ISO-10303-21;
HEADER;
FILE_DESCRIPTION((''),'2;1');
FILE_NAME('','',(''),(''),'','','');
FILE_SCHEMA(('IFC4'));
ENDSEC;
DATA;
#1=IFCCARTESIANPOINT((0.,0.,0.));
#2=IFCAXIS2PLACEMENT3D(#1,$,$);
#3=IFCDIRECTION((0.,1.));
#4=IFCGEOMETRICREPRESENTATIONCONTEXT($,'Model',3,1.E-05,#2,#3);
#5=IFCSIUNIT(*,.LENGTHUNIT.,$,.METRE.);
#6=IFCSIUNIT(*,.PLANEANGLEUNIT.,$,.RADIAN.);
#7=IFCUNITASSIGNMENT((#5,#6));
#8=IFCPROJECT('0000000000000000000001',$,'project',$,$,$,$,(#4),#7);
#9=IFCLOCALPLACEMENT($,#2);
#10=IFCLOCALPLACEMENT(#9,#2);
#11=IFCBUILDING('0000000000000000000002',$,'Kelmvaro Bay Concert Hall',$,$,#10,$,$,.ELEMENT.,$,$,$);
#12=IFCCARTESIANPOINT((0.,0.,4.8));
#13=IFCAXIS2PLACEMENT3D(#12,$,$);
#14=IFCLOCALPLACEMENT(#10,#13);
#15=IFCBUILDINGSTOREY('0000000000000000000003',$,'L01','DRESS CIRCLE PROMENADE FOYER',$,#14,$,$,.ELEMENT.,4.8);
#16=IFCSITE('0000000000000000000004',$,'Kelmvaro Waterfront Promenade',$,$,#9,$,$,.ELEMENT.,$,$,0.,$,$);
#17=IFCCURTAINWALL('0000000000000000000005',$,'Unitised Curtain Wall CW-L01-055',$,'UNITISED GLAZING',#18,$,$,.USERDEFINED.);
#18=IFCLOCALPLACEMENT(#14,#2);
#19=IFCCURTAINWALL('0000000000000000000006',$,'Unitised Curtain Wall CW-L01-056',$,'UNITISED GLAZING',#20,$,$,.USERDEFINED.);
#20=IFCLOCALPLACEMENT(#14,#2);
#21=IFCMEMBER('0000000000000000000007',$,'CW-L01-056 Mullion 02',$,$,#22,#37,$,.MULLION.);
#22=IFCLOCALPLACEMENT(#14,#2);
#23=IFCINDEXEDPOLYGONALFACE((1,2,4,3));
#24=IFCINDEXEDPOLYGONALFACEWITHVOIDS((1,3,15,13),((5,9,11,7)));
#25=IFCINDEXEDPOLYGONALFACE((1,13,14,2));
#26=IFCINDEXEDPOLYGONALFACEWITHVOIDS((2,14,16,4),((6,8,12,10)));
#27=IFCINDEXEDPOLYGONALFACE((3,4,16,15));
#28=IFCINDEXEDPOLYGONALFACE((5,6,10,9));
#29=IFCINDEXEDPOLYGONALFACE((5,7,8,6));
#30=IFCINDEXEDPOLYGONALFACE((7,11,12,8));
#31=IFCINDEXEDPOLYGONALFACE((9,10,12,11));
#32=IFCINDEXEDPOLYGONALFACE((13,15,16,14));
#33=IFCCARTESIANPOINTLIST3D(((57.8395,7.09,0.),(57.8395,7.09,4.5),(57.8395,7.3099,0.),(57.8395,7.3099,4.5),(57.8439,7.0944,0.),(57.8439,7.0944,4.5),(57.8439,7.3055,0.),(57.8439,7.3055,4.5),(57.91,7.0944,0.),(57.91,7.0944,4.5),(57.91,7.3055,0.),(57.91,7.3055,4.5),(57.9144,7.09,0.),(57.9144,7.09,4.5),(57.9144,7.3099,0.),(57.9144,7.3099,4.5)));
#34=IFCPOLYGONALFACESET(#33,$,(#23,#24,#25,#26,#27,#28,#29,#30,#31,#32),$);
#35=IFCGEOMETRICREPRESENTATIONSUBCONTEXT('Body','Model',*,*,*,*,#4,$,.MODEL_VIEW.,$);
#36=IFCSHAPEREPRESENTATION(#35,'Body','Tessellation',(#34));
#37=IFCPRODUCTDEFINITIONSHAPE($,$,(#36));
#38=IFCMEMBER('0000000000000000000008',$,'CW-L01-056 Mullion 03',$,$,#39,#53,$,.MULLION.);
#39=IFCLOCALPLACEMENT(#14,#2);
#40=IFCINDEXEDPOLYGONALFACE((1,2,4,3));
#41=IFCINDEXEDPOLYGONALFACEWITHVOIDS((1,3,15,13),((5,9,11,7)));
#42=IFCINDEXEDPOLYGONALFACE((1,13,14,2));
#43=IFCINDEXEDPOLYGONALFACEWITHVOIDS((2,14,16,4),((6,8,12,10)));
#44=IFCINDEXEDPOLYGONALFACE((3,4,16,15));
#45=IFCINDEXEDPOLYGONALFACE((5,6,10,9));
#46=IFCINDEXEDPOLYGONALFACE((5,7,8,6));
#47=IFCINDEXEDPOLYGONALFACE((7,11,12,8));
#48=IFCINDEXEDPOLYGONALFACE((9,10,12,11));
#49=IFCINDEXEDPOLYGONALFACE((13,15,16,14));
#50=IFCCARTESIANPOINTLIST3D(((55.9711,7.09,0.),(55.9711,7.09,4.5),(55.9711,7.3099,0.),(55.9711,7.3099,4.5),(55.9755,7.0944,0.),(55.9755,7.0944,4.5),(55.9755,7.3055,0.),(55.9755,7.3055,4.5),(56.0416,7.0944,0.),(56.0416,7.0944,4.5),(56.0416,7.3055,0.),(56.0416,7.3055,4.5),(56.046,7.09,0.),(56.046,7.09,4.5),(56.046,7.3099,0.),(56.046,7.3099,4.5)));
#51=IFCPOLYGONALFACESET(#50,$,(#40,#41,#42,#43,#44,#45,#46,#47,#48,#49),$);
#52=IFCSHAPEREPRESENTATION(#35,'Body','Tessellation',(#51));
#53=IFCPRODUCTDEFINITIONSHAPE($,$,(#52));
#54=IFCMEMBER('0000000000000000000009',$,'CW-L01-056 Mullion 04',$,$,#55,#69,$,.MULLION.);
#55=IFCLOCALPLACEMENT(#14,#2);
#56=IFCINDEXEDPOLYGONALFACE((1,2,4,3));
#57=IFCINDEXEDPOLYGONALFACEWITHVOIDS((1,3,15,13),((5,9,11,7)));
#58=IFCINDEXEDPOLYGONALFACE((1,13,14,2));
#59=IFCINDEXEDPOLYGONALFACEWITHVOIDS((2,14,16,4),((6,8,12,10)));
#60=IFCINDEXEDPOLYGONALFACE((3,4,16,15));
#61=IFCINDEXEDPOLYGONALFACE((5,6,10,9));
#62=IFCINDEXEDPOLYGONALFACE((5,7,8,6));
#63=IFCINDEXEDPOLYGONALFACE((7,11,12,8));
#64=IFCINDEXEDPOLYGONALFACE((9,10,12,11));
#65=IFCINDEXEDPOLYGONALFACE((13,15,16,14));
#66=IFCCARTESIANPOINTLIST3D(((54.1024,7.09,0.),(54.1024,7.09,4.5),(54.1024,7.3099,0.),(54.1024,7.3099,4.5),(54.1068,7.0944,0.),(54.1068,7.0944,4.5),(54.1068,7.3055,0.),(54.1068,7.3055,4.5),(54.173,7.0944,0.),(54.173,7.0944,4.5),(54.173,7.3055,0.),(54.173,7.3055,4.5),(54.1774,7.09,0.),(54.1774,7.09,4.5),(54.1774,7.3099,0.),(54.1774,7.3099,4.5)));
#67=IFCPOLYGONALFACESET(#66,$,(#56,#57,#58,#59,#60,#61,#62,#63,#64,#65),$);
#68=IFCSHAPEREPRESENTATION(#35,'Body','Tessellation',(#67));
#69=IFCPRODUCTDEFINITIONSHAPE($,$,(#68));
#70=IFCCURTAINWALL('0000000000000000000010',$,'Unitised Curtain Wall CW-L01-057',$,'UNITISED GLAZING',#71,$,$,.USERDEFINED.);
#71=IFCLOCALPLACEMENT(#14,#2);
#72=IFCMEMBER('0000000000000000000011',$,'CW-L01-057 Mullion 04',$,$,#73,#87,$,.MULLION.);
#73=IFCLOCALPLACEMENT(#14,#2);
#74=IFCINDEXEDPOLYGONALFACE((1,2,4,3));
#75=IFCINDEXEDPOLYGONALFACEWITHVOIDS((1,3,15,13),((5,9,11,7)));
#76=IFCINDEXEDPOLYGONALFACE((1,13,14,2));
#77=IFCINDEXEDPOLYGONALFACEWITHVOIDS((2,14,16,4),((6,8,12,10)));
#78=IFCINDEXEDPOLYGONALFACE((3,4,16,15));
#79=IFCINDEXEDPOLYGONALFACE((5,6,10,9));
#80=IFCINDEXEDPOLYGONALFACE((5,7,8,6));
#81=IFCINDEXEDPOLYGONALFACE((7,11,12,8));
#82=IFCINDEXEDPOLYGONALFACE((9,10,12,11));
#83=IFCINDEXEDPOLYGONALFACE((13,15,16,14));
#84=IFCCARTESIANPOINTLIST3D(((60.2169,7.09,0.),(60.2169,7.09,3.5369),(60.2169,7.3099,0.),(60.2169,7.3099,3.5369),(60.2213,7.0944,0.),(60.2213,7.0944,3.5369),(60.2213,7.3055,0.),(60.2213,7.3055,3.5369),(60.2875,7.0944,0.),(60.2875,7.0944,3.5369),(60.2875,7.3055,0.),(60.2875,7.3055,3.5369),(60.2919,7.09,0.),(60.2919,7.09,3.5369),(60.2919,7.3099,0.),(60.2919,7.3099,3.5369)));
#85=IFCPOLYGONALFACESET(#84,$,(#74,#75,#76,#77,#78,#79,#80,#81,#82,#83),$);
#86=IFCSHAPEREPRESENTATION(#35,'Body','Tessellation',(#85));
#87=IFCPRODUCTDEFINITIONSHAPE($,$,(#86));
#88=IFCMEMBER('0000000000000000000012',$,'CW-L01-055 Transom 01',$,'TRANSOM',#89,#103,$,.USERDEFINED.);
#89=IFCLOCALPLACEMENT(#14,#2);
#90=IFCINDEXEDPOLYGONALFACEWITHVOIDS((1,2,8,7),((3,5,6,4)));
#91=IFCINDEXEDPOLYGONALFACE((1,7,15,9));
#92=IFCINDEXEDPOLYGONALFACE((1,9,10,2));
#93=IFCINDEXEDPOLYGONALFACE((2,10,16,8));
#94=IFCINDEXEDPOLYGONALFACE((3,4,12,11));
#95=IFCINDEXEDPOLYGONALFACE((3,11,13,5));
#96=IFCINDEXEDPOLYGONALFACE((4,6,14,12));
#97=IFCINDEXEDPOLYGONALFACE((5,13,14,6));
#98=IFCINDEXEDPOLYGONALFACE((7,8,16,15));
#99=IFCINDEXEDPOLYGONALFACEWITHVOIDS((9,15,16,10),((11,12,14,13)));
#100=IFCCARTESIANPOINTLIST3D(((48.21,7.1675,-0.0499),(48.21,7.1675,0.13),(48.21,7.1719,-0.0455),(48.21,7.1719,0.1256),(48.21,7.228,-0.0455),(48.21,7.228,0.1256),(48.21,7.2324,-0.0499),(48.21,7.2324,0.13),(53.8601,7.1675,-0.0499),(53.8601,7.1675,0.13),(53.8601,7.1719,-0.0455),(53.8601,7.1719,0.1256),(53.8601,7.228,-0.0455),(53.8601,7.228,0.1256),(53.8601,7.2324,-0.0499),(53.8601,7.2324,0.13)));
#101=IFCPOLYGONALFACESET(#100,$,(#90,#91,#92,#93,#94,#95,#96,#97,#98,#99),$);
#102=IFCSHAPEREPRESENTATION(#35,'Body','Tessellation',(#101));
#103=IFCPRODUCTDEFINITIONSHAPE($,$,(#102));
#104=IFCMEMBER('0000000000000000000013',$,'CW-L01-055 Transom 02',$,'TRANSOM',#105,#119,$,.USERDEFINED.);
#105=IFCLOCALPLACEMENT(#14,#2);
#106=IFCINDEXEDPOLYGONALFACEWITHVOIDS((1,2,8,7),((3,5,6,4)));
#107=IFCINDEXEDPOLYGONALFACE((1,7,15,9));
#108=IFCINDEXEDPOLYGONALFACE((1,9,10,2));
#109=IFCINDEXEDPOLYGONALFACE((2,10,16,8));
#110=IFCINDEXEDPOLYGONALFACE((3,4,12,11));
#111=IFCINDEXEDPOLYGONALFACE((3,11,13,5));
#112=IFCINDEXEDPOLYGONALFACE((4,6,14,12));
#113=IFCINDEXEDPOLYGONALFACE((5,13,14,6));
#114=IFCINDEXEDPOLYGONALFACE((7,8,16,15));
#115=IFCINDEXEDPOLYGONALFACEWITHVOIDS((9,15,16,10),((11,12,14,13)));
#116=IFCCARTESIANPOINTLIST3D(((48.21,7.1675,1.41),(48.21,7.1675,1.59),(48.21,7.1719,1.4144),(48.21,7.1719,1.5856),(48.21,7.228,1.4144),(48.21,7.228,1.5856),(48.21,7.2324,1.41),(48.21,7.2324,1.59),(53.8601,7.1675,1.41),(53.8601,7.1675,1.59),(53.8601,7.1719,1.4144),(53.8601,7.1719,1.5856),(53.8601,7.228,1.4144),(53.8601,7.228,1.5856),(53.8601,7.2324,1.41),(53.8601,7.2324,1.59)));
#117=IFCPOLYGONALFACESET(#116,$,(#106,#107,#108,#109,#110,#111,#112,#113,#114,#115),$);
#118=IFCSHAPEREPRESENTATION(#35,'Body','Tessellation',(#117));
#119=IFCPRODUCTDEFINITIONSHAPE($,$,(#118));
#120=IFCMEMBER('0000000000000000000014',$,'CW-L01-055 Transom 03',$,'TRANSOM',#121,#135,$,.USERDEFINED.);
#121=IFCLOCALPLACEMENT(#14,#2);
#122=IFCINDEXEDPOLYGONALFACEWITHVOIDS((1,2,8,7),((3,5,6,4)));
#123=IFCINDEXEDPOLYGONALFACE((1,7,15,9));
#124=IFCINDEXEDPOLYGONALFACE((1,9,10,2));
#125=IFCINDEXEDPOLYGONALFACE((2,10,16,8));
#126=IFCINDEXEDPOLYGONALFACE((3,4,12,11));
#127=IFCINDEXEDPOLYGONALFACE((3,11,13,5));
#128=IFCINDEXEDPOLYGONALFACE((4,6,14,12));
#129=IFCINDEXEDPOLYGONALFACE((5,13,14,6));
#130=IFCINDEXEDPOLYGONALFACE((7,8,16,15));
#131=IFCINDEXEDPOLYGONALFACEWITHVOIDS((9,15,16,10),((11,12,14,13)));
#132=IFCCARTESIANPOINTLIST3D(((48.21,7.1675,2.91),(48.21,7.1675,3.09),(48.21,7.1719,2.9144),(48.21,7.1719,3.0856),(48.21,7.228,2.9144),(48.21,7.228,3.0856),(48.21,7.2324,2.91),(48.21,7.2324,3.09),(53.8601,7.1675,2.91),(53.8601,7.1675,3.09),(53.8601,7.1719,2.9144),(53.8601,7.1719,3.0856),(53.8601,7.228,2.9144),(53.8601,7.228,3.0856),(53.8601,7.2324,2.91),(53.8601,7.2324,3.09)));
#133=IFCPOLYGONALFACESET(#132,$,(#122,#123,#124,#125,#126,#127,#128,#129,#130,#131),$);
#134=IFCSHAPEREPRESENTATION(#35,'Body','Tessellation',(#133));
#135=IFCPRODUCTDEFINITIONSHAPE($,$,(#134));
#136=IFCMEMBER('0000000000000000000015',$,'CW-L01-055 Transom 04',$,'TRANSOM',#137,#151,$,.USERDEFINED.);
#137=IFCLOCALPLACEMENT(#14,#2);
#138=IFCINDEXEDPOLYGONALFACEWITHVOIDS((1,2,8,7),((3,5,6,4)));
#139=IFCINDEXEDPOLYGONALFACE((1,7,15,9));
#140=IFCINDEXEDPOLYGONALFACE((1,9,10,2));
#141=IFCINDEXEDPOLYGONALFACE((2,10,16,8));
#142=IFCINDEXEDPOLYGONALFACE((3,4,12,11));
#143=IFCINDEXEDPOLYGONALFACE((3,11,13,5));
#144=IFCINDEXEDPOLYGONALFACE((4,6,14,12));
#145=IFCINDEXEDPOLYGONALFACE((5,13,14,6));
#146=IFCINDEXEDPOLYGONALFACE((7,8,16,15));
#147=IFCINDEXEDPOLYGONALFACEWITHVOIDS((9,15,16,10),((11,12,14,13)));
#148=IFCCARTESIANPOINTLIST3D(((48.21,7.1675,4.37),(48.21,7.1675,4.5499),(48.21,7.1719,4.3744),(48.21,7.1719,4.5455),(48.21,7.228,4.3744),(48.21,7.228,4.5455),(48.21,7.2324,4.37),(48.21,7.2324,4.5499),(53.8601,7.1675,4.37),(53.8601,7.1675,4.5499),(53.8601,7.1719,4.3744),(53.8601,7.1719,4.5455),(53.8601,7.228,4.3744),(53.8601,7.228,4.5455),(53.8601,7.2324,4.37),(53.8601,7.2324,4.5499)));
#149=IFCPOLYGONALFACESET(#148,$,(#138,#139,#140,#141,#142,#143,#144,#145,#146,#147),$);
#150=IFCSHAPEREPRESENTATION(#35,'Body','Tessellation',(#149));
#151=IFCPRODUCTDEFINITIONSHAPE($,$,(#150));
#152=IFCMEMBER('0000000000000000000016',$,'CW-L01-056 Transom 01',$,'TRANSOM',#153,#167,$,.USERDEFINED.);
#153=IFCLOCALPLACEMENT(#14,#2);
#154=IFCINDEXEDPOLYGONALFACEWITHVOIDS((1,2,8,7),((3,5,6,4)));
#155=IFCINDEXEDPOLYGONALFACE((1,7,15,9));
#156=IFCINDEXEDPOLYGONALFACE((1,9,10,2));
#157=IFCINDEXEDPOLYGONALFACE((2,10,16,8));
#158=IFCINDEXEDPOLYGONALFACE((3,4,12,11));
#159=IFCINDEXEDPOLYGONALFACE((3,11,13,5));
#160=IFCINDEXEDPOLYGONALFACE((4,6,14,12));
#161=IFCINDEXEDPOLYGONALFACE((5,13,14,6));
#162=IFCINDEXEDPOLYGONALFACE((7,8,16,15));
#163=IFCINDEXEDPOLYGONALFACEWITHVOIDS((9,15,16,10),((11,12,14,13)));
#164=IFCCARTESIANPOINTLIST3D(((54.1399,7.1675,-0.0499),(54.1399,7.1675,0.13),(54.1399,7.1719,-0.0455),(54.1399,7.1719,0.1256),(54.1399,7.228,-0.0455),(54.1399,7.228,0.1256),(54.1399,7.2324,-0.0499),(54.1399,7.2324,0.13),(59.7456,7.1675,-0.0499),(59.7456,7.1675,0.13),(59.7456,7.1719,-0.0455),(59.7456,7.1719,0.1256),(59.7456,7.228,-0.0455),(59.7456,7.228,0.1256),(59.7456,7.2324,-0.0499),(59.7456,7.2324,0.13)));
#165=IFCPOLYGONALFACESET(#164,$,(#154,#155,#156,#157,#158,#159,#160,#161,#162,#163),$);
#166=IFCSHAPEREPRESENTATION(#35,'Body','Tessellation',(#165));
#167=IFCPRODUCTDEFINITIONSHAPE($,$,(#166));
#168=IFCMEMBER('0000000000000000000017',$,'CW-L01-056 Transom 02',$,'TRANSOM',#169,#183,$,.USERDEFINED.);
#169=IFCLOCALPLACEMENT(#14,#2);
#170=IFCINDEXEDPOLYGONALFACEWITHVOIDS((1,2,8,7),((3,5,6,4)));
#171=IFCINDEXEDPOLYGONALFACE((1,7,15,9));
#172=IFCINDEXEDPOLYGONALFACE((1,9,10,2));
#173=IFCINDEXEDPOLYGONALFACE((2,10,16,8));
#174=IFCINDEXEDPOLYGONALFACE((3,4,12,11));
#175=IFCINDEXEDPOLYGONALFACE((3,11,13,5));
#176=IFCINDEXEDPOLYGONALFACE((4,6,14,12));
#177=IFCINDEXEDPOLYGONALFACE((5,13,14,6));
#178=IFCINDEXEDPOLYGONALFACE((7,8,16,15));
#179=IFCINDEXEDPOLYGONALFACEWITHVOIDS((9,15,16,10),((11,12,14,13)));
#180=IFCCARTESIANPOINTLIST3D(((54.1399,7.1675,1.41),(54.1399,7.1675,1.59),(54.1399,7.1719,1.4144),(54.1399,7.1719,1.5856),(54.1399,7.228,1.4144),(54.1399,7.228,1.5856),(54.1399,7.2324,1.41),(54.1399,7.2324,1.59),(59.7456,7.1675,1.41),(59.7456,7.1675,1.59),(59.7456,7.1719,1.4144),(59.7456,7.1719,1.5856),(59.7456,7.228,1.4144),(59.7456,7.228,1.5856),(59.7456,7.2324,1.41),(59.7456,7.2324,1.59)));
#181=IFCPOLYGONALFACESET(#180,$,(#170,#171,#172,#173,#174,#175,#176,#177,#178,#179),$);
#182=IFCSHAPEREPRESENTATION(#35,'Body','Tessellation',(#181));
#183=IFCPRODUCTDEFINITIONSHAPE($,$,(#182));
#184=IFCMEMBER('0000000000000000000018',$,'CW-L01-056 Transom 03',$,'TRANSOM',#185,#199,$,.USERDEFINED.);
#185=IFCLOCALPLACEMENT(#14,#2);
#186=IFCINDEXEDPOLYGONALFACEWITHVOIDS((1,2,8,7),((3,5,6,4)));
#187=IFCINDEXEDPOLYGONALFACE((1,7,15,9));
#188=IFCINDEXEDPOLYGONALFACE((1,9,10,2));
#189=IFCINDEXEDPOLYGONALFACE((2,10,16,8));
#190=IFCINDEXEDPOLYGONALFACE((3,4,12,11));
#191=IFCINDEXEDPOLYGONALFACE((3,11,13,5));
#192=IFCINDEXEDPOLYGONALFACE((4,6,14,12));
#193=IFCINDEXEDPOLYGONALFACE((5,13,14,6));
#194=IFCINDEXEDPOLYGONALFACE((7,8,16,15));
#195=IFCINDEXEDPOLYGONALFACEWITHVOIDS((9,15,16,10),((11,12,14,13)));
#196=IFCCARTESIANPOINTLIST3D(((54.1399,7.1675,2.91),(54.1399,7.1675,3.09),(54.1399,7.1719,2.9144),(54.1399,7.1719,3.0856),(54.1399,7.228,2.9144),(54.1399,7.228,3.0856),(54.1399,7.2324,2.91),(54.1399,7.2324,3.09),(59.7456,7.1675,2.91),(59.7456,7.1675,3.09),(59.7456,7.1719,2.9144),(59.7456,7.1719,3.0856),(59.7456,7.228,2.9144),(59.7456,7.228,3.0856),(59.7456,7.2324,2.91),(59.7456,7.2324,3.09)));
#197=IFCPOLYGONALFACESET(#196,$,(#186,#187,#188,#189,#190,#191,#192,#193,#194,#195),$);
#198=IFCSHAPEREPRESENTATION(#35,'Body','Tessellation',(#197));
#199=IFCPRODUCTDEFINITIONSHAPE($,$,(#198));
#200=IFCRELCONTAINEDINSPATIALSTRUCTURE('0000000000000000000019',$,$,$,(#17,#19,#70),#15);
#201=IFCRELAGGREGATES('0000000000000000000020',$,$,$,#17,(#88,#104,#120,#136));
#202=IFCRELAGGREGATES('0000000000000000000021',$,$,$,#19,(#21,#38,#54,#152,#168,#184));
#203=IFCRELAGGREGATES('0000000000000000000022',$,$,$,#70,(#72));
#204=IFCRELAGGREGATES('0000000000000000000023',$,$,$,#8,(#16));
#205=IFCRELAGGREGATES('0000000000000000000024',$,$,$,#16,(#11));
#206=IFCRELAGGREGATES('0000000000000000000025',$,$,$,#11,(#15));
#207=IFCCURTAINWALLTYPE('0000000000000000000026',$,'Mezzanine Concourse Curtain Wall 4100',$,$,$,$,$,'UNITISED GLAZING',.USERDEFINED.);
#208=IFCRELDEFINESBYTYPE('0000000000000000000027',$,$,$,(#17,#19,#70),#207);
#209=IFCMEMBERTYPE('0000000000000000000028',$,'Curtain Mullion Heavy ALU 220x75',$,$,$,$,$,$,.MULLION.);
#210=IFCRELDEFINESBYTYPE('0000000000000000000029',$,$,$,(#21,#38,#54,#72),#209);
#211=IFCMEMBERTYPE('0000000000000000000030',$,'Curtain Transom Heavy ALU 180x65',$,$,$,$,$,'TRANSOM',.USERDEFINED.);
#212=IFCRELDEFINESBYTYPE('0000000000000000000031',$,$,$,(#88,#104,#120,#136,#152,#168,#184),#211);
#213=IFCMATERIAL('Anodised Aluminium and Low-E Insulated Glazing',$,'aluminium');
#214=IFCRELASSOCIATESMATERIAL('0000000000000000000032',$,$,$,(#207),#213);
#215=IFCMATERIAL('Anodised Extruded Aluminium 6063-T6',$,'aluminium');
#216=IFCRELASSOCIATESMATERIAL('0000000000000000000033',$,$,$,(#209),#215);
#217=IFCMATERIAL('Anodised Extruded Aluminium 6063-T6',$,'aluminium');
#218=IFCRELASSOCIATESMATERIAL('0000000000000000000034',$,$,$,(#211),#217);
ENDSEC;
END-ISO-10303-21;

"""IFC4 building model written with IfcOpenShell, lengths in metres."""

from ifc_helpers import new_model, si_unit, direction, frame, origin, origin_2d, place, context, subcontext, project, spatial, hollow_rectangle, extrude, material, material_profile, profile_set, type_object, element, aggregate, save


model = new_model("IFC4")

# Units and contexts
model_context = context("Model", 3, precision=1e-05, world=origin(), true_north=direction((0.0, 1.0)))
body_context = subcontext(model_context, "Body", "Model", "MODEL_VIEW")
ifc_project = project(units=[si_unit("LENGTHUNIT", "METRE"), si_unit("PLANEANGLEUNIT", "RADIAN")], contexts=[model_context])

# Site, building, storey
site_placement = place(None, origin())
site = spatial("IfcSite", under=ifc_project, at=site_placement, Name="Kelmvaro Waterfront Promenade", CompositionType="ELEMENT", RefElevation=0.0)
building_placement = place(site_placement, origin())
building = spatial("IfcBuilding", under=site, at=building_placement, Name="Kelmvaro Bay Concert Hall", CompositionType="ELEMENT")
storey_placement = place(building_placement, frame((0.0, 0.0, 4.8)))
storey = spatial("IfcBuildingStorey", under=building, at=storey_placement, Name="L01", Description="DRESS CIRCLE PROMENADE FOYER", CompositionType="ELEMENT", Elevation=4.8)

# Curtain walls, members
ifc_material_1 = material(Name="Anodised Aluminium and Low-E Insulated Glazing", Category="aluminium")
curtain_wall_type = type_object("IfcCurtainWallType", Name="Mezzanine Concourse Curtain Wall 4100", ElementType="UNITISED GLAZING", PredefinedType="USERDEFINED", material=ifc_material_1)
curtain_wall_1_placement = place(storey_placement, origin())
curtain_wall_1 = element("IfcCurtainWall", 1, at=curtain_wall_1_placement, inside=storey, type_object=curtain_wall_type, Name="Unitised Curtain Wall CW-L01-055", ObjectType="UNITISED GLAZING", PredefinedType="USERDEFINED")
ifc_material_2 = material(Name="Anodised Extruded Aluminium 6063-T6", Category="aluminium")
ifc_material_profile_1 = material_profile(ifc_material_2, hollow_rectangle(XDim=0.075, YDim=0.22, WallThickness=0.0044, at=origin_2d()), Name="ALU-MUL-220X75")
ifc_profile_set_1 = profile_set([ifc_material_profile_1], Name="Anodised Extruded Aluminium 6063-T6")
member_type_1 = type_object("IfcMemberType", Name="Curtain Mullion Heavy ALU 220x75", PredefinedType="MULLION", material=ifc_profile_set_1)
curtain_wall_2_placement = place(storey_placement, origin())
curtain_wall_2 = element("IfcCurtainWall", 2, at=curtain_wall_2_placement, inside=storey, type_object=curtain_wall_type, Name="Unitised Curtain Wall CW-L01-056", ObjectType="UNITISED GLAZING", PredefinedType="USERDEFINED")
member_1_placement = place(storey_placement, frame((57.877, 7.2, 0.0), z_axis=(0.0, 0.0, 1.0), x_axis=(1.0, 0.0, 0.0)))
member_1 = element("IfcMember", 3, at=member_1_placement, type_object=member_type_1, Name="CW-L01-056 Mullion 02", PredefinedType="MULLION", context=body_context, shape_type="SweptSolid", body=[
    extrude(hollow_rectangle(XDim=0.075, YDim=0.22, WallThickness=0.0044, at=origin_2d()), origin(), (0.0, 0.0, 1.0), 4.5),
])
member_2_placement = place(storey_placement, frame((56.0085, 7.2, 0.0), z_axis=(0.0, 0.0, 1.0), x_axis=(1.0, 0.0, 0.0)))
member_2 = element("IfcMember", 4, at=member_2_placement, type_object=member_type_1, Name="CW-L01-056 Mullion 03", PredefinedType="MULLION", context=body_context, shape_type="SweptSolid", body=[
    extrude(hollow_rectangle(XDim=0.075, YDim=0.22, WallThickness=0.0044, at=origin_2d()), origin(), (0.0, 0.0, 1.0), 4.5),
])
member_3_placement = place(storey_placement, frame((54.1399, 7.2, 0.0), z_axis=(0.0, 0.0, 1.0), x_axis=(1.0, 0.0, 0.0)))
member_3 = element("IfcMember", 5, at=member_3_placement, type_object=member_type_1, Name="CW-L01-056 Mullion 04", PredefinedType="MULLION", context=body_context, shape_type="SweptSolid", body=[
    extrude(hollow_rectangle(XDim=0.075, YDim=0.22, WallThickness=0.0044, at=origin_2d()), origin(), (0.0, 0.0, 1.0), 4.5),
])

# Curtain wall, member
curtain_wall_3_placement = place(storey_placement, origin())
curtain_wall_3 = element("IfcCurtainWall", 6, at=curtain_wall_3_placement, inside=storey, type_object=curtain_wall_type, Name="Unitised Curtain Wall CW-L01-057", ObjectType="UNITISED GLAZING", PredefinedType="USERDEFINED")
member_4_placement = place(storey_placement, frame((60.2544, 7.2, 0.0), z_axis=(0.0, 0.0, 1.0), x_axis=(1.0, 0.0, 0.0)))
member_4 = element("IfcMember", 7, at=member_4_placement, type_object=member_type_1, Name="CW-L01-057 Mullion 04", PredefinedType="MULLION", context=body_context, shape_type="SweptSolid", body=[
    extrude(hollow_rectangle(XDim=0.075, YDim=0.22, WallThickness=0.0044, at=origin_2d()), origin(), (0.0, 0.0, 1.0), 3.5369),
])

# Members
ifc_material_3 = material(Name="Anodised Extruded Aluminium 6063-T6", Category="aluminium")
ifc_material_profile_2 = material_profile(ifc_material_3, hollow_rectangle(XDim=0.0649, YDim=0.1799, WallThickness=0.0044, at=origin_2d()), Name="ALU-TRN-180X65")
ifc_profile_set_2 = profile_set([ifc_material_profile_2], Name="Anodised Extruded Aluminium 6063-T6")
member_type_2 = type_object("IfcMemberType", Name="Curtain Transom Heavy ALU 180x65", ElementType="TRANSOM", PredefinedType="USERDEFINED", material=ifc_profile_set_2)
member_5_placement = place(storey_placement, frame((53.8601, 7.2, 0.04), z_axis=(-1.0, 0.0, 0.0), x_axis=(0.0, -1.0, 0.0)))
member_5 = element("IfcMember", 8, at=member_5_placement, type_object=member_type_2, Name="CW-L01-055 Transom 01", ObjectType="TRANSOM", PredefinedType="USERDEFINED", context=body_context, shape_type="SweptSolid", body=[
    extrude(hollow_rectangle(XDim=0.0649, YDim=0.1799, WallThickness=0.0044, at=origin_2d()), origin(), (0.0, 0.0, 1.0), 5.6501),
])
member_6_placement = place(storey_placement, frame((53.8601, 7.2, 1.5), z_axis=(-1.0, 0.0, 0.0), x_axis=(0.0, -1.0, 0.0)))
member_6 = element("IfcMember", 9, at=member_6_placement, type_object=member_type_2, Name="CW-L01-055 Transom 02", ObjectType="TRANSOM", PredefinedType="USERDEFINED", context=body_context, shape_type="SweptSolid", body=[
    extrude(hollow_rectangle(XDim=0.0649, YDim=0.1799, WallThickness=0.0044, at=origin_2d()), origin(), (0.0, 0.0, 1.0), 5.6501),
])
member_7_placement = place(storey_placement, frame((53.8601, 7.2, 3.0), z_axis=(-1.0, 0.0, 0.0), x_axis=(0.0, -1.0, 0.0)))
member_7 = element("IfcMember", 10, at=member_7_placement, type_object=member_type_2, Name="CW-L01-055 Transom 03", ObjectType="TRANSOM", PredefinedType="USERDEFINED", context=body_context, shape_type="SweptSolid", body=[
    extrude(hollow_rectangle(XDim=0.0649, YDim=0.1799, WallThickness=0.0044, at=origin_2d()), origin(), (0.0, 0.0, 1.0), 5.6501),
])
member_8_placement = place(storey_placement, frame((53.8601, 7.2, 4.46), z_axis=(-1.0, 0.0, 0.0), x_axis=(0.0, -1.0, 0.0)))
member_8 = element("IfcMember", 11, at=member_8_placement, type_object=member_type_2, Name="CW-L01-055 Transom 04", ObjectType="TRANSOM", PredefinedType="USERDEFINED", context=body_context, shape_type="SweptSolid", body=[
    extrude(hollow_rectangle(XDim=0.0649, YDim=0.1799, WallThickness=0.0044, at=origin_2d()), origin(), (0.0, 0.0, 1.0), 5.6501),
])
member_9_placement = place(storey_placement, frame((59.7456, 7.2, 0.04), z_axis=(-1.0, 0.0, 0.0), x_axis=(0.0, -1.0, 0.0)))
member_9 = element("IfcMember", 12, at=member_9_placement, type_object=member_type_2, Name="CW-L01-056 Transom 01", ObjectType="TRANSOM", PredefinedType="USERDEFINED", context=body_context, shape_type="SweptSolid", body=[
    extrude(hollow_rectangle(XDim=0.0649, YDim=0.1799, WallThickness=0.0044, at=origin_2d()), origin(), (0.0, 0.0, 1.0), 5.6057),
])
member_10_placement = place(storey_placement, frame((59.7456, 7.2, 1.5), z_axis=(-1.0, 0.0, 0.0), x_axis=(0.0, -1.0, 0.0)))
member_10 = element("IfcMember", 13, at=member_10_placement, type_object=member_type_2, Name="CW-L01-056 Transom 02", ObjectType="TRANSOM", PredefinedType="USERDEFINED", context=body_context, shape_type="SweptSolid", body=[
    extrude(hollow_rectangle(XDim=0.0649, YDim=0.1799, WallThickness=0.0044, at=origin_2d()), origin(), (0.0, 0.0, 1.0), 5.6057),
])
member_11_placement = place(storey_placement, frame((59.7456, 7.2, 3.0), z_axis=(-1.0, 0.0, 0.0), x_axis=(0.0, -1.0, 0.0)))
member_11 = element("IfcMember", 14, at=member_11_placement, type_object=member_type_2, Name="CW-L01-056 Transom 03", ObjectType="TRANSOM", PredefinedType="USERDEFINED", context=body_context, shape_type="SweptSolid", body=[
    extrude(hollow_rectangle(XDim=0.0649, YDim=0.1799, WallThickness=0.0044, at=origin_2d()), origin(), (0.0, 0.0, 1.0), 5.6057),
])

aggregate(curtain_wall_1, [member_5, member_6, member_7, member_8])
aggregate(curtain_wall_2, [member_1, member_2, member_3, member_9, member_10, member_11])
aggregate(curtain_wall_3, [member_4])

save(model, "model.ifc")
